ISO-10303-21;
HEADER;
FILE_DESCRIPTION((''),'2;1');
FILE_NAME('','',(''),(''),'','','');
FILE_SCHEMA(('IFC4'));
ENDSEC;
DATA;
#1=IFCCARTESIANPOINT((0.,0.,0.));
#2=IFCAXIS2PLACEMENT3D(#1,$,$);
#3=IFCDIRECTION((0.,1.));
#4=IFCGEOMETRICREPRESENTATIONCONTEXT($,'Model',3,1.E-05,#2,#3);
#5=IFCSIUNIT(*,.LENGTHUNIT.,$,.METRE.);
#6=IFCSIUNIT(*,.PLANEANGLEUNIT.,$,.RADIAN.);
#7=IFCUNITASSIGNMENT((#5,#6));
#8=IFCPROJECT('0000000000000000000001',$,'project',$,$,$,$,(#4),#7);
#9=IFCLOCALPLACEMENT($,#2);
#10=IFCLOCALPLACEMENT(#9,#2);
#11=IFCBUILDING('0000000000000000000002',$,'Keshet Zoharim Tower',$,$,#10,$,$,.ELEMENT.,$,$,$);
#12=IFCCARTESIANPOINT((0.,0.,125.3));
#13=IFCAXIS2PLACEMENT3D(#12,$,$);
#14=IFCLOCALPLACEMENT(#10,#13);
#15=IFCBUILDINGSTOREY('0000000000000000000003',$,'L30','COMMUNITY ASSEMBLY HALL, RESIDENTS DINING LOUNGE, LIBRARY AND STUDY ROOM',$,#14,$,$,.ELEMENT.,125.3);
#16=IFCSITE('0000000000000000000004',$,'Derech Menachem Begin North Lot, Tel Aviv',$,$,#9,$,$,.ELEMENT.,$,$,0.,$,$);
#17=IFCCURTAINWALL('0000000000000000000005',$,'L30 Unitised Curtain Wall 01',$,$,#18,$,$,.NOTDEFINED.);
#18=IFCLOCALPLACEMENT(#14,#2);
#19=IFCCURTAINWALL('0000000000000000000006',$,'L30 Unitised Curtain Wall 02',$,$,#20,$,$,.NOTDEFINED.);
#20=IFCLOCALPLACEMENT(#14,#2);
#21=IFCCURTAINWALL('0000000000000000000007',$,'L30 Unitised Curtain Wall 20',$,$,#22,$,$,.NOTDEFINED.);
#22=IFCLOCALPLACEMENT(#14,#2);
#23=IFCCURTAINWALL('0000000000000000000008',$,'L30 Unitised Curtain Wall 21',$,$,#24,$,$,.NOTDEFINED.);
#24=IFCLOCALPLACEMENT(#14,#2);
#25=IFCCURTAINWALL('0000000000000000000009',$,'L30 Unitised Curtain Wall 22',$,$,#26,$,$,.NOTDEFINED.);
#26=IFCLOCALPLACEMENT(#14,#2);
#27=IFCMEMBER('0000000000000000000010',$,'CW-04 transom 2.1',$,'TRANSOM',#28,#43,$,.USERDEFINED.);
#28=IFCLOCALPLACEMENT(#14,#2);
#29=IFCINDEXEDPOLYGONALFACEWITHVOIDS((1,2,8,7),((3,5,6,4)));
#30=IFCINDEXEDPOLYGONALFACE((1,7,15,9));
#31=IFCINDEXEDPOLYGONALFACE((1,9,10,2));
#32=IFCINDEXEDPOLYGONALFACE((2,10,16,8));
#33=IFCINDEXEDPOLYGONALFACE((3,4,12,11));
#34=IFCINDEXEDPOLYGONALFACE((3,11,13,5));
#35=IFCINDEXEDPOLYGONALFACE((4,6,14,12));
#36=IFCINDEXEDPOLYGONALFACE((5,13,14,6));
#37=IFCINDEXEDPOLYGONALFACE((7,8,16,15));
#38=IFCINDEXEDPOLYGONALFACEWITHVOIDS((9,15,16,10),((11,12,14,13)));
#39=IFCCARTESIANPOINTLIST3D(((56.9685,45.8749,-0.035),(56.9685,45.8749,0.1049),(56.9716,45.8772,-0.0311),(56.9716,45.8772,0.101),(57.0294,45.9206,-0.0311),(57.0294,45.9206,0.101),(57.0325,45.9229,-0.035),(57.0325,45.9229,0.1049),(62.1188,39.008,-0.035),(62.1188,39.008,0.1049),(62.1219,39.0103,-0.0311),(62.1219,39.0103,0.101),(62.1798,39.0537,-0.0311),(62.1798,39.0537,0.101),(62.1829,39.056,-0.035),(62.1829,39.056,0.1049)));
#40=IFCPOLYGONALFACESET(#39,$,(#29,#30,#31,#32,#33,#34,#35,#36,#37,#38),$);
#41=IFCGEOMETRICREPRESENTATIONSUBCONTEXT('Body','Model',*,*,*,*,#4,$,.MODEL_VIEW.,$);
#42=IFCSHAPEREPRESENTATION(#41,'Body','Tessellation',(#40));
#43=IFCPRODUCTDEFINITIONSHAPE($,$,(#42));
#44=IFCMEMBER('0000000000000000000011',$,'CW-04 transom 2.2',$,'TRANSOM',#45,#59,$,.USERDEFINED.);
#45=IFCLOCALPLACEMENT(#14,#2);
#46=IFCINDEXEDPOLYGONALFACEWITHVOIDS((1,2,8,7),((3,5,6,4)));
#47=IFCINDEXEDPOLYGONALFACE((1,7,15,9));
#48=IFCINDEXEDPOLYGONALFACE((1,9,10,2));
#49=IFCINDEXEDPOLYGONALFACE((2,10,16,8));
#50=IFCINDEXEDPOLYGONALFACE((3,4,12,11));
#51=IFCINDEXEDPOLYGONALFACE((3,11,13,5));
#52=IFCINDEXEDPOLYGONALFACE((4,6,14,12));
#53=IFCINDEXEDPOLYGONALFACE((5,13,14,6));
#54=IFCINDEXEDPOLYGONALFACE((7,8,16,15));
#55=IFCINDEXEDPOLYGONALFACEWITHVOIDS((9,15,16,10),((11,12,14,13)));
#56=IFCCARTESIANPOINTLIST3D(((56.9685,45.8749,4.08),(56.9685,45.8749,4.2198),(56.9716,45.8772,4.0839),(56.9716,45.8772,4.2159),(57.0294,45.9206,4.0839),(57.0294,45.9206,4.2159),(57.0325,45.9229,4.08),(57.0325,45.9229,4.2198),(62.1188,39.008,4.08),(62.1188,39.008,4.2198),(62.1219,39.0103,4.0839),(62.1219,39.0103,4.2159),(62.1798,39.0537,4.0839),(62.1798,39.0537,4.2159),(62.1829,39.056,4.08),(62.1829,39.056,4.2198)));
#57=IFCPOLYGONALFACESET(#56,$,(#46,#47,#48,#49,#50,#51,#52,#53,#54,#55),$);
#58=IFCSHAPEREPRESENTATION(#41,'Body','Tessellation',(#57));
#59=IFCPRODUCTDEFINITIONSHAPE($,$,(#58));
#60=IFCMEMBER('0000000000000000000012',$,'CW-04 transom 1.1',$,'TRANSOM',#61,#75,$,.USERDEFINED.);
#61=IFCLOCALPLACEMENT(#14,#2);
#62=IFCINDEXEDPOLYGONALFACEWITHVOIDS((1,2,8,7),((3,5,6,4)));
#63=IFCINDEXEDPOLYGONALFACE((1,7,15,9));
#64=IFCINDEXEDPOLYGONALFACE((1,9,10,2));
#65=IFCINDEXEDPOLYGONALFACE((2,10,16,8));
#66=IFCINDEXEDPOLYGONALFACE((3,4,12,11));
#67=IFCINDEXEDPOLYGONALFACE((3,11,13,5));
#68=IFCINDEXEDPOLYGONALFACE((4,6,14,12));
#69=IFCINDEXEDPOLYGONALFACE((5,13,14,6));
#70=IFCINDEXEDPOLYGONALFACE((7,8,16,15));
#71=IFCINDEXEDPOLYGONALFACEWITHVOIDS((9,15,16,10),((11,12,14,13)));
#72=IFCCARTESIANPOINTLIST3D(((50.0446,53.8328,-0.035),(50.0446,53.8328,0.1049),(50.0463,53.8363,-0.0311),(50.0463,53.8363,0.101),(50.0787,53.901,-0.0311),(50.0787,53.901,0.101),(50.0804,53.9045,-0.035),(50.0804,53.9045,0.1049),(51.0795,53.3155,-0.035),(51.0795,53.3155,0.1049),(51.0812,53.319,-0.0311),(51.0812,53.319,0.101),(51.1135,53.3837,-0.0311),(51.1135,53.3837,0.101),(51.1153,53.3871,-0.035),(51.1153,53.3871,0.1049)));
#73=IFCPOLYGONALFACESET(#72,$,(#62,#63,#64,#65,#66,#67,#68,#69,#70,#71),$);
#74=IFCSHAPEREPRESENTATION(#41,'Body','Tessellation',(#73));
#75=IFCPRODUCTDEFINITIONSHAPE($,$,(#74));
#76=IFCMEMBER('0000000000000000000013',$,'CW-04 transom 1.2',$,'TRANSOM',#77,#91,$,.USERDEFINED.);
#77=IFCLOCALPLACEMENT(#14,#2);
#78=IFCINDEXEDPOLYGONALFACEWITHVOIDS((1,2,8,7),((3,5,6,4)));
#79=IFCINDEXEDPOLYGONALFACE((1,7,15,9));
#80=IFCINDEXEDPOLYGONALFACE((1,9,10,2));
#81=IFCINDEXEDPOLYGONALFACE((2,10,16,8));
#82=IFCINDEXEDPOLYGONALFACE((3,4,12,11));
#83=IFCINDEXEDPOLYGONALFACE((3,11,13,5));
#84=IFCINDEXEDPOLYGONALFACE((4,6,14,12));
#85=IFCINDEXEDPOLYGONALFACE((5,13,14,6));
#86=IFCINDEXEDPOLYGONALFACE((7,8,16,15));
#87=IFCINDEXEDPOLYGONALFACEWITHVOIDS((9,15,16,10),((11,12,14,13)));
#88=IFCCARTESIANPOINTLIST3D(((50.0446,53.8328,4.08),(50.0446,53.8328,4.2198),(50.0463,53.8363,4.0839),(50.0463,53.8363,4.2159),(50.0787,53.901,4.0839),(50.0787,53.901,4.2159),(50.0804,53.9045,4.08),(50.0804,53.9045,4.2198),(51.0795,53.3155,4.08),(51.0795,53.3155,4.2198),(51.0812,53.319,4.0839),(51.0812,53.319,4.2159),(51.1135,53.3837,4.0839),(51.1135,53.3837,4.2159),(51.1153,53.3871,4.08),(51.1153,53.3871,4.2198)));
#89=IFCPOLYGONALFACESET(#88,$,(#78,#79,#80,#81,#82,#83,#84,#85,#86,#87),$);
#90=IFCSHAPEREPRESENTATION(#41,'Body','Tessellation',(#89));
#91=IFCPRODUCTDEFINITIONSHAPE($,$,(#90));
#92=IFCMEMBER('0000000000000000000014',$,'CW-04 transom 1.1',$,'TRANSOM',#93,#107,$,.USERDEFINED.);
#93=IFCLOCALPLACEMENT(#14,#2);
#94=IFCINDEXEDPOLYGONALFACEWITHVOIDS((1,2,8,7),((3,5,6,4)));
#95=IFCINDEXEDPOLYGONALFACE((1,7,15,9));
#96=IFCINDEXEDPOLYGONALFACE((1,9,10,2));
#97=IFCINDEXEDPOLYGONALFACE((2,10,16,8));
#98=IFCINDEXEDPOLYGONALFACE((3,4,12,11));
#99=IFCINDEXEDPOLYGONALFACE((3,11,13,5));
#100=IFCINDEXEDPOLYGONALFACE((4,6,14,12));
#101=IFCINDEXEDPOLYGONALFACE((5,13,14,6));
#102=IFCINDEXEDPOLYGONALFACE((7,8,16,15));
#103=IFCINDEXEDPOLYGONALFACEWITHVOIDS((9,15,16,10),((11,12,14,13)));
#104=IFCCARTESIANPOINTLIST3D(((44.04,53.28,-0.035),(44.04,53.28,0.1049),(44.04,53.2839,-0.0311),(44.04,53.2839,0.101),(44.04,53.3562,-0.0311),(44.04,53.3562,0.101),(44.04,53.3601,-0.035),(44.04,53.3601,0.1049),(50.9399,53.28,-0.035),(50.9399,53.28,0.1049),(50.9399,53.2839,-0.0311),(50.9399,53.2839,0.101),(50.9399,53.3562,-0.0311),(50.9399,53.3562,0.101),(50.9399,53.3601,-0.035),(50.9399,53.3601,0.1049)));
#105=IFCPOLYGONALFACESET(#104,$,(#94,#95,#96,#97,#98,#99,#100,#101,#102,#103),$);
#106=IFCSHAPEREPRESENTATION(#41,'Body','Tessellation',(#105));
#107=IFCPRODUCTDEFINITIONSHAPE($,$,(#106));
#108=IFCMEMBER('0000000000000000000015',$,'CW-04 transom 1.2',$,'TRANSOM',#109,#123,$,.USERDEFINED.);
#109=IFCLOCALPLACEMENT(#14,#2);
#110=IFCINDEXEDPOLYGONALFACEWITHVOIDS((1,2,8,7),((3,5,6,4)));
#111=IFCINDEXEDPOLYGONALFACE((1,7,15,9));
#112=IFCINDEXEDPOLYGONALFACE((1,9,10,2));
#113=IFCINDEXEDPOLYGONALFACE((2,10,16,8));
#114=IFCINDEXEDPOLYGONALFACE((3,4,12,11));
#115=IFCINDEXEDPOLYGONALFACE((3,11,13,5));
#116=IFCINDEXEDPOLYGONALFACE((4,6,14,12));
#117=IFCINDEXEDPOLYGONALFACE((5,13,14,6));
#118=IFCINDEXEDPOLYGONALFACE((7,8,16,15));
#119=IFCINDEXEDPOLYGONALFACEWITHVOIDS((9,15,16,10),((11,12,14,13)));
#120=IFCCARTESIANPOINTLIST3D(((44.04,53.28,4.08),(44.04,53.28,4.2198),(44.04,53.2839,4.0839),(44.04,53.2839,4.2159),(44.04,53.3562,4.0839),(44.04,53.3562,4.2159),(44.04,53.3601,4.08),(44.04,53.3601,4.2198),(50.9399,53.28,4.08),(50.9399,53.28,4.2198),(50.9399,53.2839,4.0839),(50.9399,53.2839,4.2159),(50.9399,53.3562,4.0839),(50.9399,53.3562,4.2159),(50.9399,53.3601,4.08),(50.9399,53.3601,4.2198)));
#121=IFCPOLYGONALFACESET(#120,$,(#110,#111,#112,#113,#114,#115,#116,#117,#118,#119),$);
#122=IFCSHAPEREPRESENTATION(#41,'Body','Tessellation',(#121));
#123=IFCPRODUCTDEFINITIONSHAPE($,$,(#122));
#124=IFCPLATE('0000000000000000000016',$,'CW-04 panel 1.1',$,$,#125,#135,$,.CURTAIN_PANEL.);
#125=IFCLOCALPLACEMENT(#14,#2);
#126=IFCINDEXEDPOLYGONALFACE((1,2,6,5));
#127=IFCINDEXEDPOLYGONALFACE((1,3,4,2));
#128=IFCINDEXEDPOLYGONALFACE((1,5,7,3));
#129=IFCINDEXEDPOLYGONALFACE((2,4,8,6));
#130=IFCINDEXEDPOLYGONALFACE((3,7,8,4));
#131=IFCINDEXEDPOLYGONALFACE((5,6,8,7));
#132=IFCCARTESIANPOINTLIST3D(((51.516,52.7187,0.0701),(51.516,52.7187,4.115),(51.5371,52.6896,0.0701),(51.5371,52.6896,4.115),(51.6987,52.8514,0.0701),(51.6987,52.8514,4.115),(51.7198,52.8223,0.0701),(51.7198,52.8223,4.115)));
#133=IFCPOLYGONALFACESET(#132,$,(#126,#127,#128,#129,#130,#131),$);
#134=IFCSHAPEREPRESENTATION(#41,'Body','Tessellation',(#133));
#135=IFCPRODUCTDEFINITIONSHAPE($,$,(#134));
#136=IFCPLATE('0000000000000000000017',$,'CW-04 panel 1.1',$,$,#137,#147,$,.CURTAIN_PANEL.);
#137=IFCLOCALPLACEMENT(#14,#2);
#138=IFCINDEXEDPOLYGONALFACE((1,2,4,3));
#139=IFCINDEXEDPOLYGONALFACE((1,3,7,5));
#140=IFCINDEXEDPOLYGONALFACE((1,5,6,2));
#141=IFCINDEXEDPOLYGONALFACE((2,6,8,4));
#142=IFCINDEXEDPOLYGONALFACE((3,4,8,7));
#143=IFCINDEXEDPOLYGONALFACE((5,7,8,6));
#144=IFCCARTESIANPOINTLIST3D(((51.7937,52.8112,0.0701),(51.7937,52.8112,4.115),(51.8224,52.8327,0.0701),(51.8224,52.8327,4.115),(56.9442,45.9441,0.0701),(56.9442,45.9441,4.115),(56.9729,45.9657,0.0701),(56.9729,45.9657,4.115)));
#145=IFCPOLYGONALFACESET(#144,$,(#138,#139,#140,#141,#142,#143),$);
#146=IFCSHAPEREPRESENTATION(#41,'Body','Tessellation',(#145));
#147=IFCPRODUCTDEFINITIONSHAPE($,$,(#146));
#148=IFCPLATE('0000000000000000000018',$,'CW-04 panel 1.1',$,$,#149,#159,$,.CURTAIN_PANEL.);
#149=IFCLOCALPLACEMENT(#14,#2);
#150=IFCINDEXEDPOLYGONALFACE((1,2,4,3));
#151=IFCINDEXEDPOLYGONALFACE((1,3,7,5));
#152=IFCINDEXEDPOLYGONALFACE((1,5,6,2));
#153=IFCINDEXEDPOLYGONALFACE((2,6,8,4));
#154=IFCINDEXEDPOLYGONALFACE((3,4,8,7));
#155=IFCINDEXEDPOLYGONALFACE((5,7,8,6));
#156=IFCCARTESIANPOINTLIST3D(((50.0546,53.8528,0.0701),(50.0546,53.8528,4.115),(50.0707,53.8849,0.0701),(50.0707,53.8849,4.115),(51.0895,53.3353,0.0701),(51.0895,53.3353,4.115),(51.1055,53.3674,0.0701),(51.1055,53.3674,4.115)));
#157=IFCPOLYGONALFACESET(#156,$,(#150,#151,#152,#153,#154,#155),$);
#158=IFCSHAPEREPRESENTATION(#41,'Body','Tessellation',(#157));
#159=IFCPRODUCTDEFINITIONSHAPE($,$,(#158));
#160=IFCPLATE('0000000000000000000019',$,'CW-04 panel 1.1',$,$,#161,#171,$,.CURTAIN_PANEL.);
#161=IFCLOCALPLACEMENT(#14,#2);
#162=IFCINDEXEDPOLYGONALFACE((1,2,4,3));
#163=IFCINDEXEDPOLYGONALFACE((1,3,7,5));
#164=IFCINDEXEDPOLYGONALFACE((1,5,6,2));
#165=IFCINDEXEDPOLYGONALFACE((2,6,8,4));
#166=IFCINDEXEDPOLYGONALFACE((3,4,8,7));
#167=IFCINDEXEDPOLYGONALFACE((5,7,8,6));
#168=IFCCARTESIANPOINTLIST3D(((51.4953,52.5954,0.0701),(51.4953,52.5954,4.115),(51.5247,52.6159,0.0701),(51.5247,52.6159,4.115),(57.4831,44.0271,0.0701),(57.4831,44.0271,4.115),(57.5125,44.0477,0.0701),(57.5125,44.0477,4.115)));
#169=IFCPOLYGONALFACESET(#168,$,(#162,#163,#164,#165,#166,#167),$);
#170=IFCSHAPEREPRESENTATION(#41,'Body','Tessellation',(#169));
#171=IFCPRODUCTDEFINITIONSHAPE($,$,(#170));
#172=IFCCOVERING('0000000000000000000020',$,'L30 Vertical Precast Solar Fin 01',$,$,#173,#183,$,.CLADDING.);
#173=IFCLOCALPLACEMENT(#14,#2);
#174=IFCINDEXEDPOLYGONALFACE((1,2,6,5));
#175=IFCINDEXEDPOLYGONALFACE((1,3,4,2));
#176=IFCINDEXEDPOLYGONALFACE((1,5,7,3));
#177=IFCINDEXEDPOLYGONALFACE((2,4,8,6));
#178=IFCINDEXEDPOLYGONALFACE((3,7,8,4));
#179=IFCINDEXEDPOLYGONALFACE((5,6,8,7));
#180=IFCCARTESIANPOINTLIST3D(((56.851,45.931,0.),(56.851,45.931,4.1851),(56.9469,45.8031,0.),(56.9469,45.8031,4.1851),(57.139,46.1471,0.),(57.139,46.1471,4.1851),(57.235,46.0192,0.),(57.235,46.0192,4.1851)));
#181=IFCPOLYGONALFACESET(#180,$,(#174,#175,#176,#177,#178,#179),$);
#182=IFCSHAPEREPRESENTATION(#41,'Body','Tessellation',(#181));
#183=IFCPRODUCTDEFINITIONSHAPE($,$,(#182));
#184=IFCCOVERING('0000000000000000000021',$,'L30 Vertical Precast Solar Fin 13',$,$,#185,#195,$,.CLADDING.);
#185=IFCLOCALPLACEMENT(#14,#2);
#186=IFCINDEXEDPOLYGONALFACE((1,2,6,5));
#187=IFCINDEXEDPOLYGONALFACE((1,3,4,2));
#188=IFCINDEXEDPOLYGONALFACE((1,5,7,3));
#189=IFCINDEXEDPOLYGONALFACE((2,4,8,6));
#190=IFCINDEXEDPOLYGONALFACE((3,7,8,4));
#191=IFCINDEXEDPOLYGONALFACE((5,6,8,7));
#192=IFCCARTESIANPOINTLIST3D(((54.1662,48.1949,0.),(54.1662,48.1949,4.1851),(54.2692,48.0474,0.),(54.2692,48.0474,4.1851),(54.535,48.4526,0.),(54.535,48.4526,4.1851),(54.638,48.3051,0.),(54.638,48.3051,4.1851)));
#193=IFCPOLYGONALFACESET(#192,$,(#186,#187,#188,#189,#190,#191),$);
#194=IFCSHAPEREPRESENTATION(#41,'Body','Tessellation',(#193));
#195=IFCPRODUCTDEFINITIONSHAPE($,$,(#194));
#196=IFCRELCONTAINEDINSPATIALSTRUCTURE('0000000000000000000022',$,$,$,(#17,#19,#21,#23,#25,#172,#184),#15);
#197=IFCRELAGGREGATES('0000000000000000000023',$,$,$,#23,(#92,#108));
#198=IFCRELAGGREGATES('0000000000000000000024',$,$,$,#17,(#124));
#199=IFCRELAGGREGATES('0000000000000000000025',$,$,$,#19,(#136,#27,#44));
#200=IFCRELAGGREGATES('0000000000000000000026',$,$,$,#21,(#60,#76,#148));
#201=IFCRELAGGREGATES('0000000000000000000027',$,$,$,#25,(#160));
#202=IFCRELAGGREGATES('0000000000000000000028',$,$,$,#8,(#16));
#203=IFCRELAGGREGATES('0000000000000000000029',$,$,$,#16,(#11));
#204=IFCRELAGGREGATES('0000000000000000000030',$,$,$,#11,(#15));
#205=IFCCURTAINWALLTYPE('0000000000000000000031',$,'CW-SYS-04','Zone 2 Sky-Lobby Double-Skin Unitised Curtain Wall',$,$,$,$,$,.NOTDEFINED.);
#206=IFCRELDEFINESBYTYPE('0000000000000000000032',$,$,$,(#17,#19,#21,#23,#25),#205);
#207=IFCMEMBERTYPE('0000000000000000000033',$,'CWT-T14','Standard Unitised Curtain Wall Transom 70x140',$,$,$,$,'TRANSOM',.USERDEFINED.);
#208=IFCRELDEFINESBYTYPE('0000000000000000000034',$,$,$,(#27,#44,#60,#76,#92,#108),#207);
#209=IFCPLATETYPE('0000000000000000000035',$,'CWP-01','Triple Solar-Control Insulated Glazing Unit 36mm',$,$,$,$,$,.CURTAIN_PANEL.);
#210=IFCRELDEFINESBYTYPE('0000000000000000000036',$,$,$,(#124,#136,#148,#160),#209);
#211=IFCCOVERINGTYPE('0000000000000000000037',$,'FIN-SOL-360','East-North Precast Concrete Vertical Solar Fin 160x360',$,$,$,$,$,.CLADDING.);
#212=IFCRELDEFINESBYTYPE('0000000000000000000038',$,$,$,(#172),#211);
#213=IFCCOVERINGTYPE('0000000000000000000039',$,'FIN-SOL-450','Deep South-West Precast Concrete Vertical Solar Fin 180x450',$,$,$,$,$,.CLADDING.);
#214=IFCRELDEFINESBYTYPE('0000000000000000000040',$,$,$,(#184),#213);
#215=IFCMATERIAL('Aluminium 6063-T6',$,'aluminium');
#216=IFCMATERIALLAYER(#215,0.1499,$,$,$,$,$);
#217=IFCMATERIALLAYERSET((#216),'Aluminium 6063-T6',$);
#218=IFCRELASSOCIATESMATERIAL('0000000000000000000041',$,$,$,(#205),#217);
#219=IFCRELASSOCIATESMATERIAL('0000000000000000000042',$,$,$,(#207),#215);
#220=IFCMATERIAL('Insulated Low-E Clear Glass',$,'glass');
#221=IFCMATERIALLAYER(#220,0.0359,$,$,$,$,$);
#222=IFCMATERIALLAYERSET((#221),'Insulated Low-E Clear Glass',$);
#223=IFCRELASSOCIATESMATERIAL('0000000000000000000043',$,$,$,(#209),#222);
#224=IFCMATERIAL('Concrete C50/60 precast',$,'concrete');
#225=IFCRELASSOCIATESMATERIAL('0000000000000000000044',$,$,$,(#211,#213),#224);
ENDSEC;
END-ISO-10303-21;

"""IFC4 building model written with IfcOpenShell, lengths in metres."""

from ifc_helpers import new_model, si_unit, direction, frame, origin, origin_2d, place, context, subcontext, project, spatial, rectangle, hollow_rectangle, extrude, material, layer, layer_set, material_profile, profile_set, type_object, element, aggregate, save


model = new_model("IFC4")

# Units and contexts
model_context = context("Model", 3, precision=1e-05, world=origin(), true_north=direction((0.0, 1.0)))
body_context = subcontext(model_context, "Body", "Model", "MODEL_VIEW")
ifc_project = project(units=[si_unit("LENGTHUNIT", "METRE"), si_unit("PLANEANGLEUNIT", "RADIAN")], contexts=[model_context])

# Site, building, storey
site_placement = place(None, origin())
site = spatial("IfcSite", under=ifc_project, at=site_placement, Name="Derech Menachem Begin North Lot, Tel Aviv", CompositionType="ELEMENT", RefElevation=0.0)
building_placement = place(site_placement, origin())
building = spatial("IfcBuilding", under=site, at=building_placement, Name="Keshet Zoharim Tower", CompositionType="ELEMENT")
storey_placement = place(building_placement, frame((0.0, 0.0, 125.3)))
storey = spatial("IfcBuildingStorey", under=building, at=storey_placement, Name="L30", Description="COMMUNITY ASSEMBLY HALL, RESIDENTS DINING LOUNGE, LIBRARY AND STUDY ROOM", CompositionType="ELEMENT", Elevation=125.3)

# Curtain walls
ifc_material_1 = material(Name="Aluminium 6063-T6", Category="aluminium")
ifc_layer_1 = layer(ifc_material_1, 0.1499)
ifc_layer_set_1 = layer_set([ifc_layer_1], Name="Aluminium 6063-T6")
curtain_wall_type = type_object("IfcCurtainWallType", Name="CW-SYS-04", Description="Zone 2 Sky-Lobby Double-Skin Unitised Curtain Wall", PredefinedType="NOTDEFINED", material=ifc_layer_set_1)
curtain_wall_1_placement = place(storey_placement, origin())
curtain_wall_1 = element("IfcCurtainWall", 1, at=curtain_wall_1_placement, inside=storey, type_object=curtain_wall_type, Name="L30 Unitised Curtain Wall 01", PredefinedType="NOTDEFINED")
curtain_wall_2_placement = place(storey_placement, origin())
curtain_wall_2 = element("IfcCurtainWall", 2, at=curtain_wall_2_placement, inside=storey, type_object=curtain_wall_type, Name="L30 Unitised Curtain Wall 02", PredefinedType="NOTDEFINED")

# Curtain walls
curtain_wall_3_placement = place(storey_placement, origin())
curtain_wall_3 = element("IfcCurtainWall", 3, at=curtain_wall_3_placement, inside=storey, type_object=curtain_wall_type, Name="L30 Unitised Curtain Wall 20", PredefinedType="NOTDEFINED")
curtain_wall_4_placement = place(storey_placement, origin())
curtain_wall_4 = element("IfcCurtainWall", 4, at=curtain_wall_4_placement, inside=storey, type_object=curtain_wall_type, Name="L30 Unitised Curtain Wall 21", PredefinedType="NOTDEFINED")
curtain_wall_5_placement = place(storey_placement, origin())
curtain_wall_5 = element("IfcCurtainWall", 5, at=curtain_wall_5_placement, inside=storey, type_object=curtain_wall_type, Name="L30 Unitised Curtain Wall 22", PredefinedType="NOTDEFINED")

# Members
ifc_material_profile_1 = material_profile(ifc_material_1, hollow_rectangle(XDim=0.0801, YDim=0.1399, WallThickness=0.0039, at=origin_2d()), Name="TRN-80x140")
ifc_profile_set_1 = profile_set([ifc_material_profile_1], Name="Aluminium 6063-T6")
member_type_1 = type_object("IfcMemberType", Name="CWT-T14", Description="Standard Unitised Curtain Wall Transom 70x140", ElementType="TRANSOM", PredefinedType="USERDEFINED", material=ifc_profile_set_1)
member_1_placement = place(storey_placement, frame((57.0005, 45.8989, 0.0349), z_axis=(0.600014, -0.79999, 0.0), x_axis=(0.79999, 0.600014, 0.0)))
member_1 = element("IfcMember", 6, at=member_1_placement, type_object=member_type_1, Name="CW-04 transom 2.1", ObjectType="TRANSOM", PredefinedType="USERDEFINED", context=body_context, shape_type="SweptSolid", body=[
    extrude(hollow_rectangle(XDim=0.0801, YDim=0.1399, WallThickness=0.0039, at=origin_2d()), origin(), (0.0, 0.0, 1.0), 8.5837),
])
member_2_placement = place(storey_placement, frame((57.0005, 45.8989, 4.1499), z_axis=(0.600014, -0.79999, 0.0), x_axis=(0.79999, 0.600014, 0.0)))
member_2 = element("IfcMember", 7, at=member_2_placement, type_object=member_type_1, Name="CW-04 transom 2.2", ObjectType="TRANSOM", PredefinedType="USERDEFINED", context=body_context, shape_type="SweptSolid", body=[
    extrude(hollow_rectangle(XDim=0.0801, YDim=0.1399, WallThickness=0.0039, at=origin_2d()), origin(), (0.0, 0.0, 1.0), 8.5837),
])
member_3_placement = place(storey_placement, frame((50.0625, 53.8687, 0.0349), z_axis=(0.894469, -0.447129, 0.0), x_axis=(0.447129, 0.894469, 0.0)))
member_3 = element("IfcMember", 8, at=member_3_placement, type_object=member_type_1, Name="CW-04 transom 1.1", ObjectType="TRANSOM", PredefinedType="USERDEFINED", context=body_context, shape_type="SweptSolid", body=[
    extrude(hollow_rectangle(XDim=0.0801, YDim=0.1399, WallThickness=0.0039, at=origin_2d()), origin(), (0.0, 0.0, 1.0), 1.157),
])
member_4_placement = place(storey_placement, frame((50.0625, 53.8687, 4.1499), z_axis=(0.894469, -0.447129, 0.0), x_axis=(0.447129, 0.894469, 0.0)))
member_4 = element("IfcMember", 9, at=member_4_placement, type_object=member_type_1, Name="CW-04 transom 1.2", ObjectType="TRANSOM", PredefinedType="USERDEFINED", context=body_context, shape_type="SweptSolid", body=[
    extrude(hollow_rectangle(XDim=0.0801, YDim=0.1399, WallThickness=0.0039, at=origin_2d()), origin(), (0.0, 0.0, 1.0), 1.157),
])
member_5_placement = place(storey_placement, frame((50.9399, 53.3201, 0.0349), z_axis=(-1.0, 0.0, 0.0), x_axis=(0.0, -1.0, 0.0)))
member_5 = element("IfcMember", 10, at=member_5_placement, type_object=member_type_1, Name="CW-04 transom 1.1", ObjectType="TRANSOM", PredefinedType="USERDEFINED", context=body_context, shape_type="SweptSolid", body=[
    extrude(hollow_rectangle(XDim=0.0801, YDim=0.1399, WallThickness=0.0039, at=origin_2d()), origin(), (0.0, 0.0, 1.0), 6.8999),
])
member_6_placement = place(storey_placement, frame((50.9399, 53.3201, 4.1499), z_axis=(-1.0, 0.0, 0.0), x_axis=(0.0, -1.0, 0.0)))
member_6 = element("IfcMember", 11, at=member_6_placement, type_object=member_type_1, Name="CW-04 transom 1.2", ObjectType="TRANSOM", PredefinedType="USERDEFINED", context=body_context, shape_type="SweptSolid", body=[
    extrude(hollow_rectangle(XDim=0.0801, YDim=0.1399, WallThickness=0.0039, at=origin_2d()), origin(), (0.0, 0.0, 1.0), 6.8999),
])
aggregate(curtain_wall_4, [member_5, member_6])

# Plates
ifc_material_2 = material(Name="Insulated Low-E Clear Glass", Category="glass")
ifc_layer_2 = layer(ifc_material_2, 0.0359)
ifc_layer_set_2 = layer_set([ifc_layer_2], Name="Insulated Low-E Clear Glass")
plate_type = type_object("IfcPlateType", Name="CWP-01", Description="Triple Solar-Control Insulated Glazing Unit 36mm", PredefinedType="CURTAIN_PANEL", material=ifc_layer_set_2)
plate_1_placement = place(storey_placement, frame((51.6179, 52.7705, 0.0701), z_axis=(0.0, 0.0, 1.0), x_axis=(0.809091, 0.587684, 0.0)))
plate_1 = element("IfcPlate", 12, at=plate_1_placement, type_object=plate_type, Name="CW-04 panel 1.1", PredefinedType="CURTAIN_PANEL", context=body_context, shape_type="SweptSolid", body=[
    extrude(rectangle(XDim=0.2258, YDim=0.0359, at=origin_2d()), origin(), (0.0, 0.0, 1.0), 4.0449),
])
aggregate(curtain_wall_1, [plate_1])
plate_2_placement = place(storey_placement, frame((54.3833, 49.3884, 0.0701), z_axis=(0.0, 0.0, 1.0), x_axis=(0.600018, -0.799986, 0.0)))
plate_2 = element("IfcPlate", 13, at=plate_2_placement, type_object=plate_type, Name="CW-04 panel 1.1", PredefinedType="CURTAIN_PANEL", context=body_context, shape_type="SweptSolid", body=[
    extrude(rectangle(XDim=8.584, YDim=0.0359, at=origin_2d()), origin(), (0.0, 0.0, 1.0), 4.0449),
])
aggregate(curtain_wall_2, [plate_2, member_1, member_2])
plate_3_placement = place(storey_placement, frame((50.5801, 53.6101, 0.0701), z_axis=(0.0, 0.0, 1.0), x_axis=(0.894427, -0.447214, 0.0)))
plate_3 = element("IfcPlate", 14, at=plate_3_placement, type_object=plate_type, Name="CW-04 panel 1.1", PredefinedType="CURTAIN_PANEL", context=body_context, shape_type="SweptSolid", body=[
    extrude(rectangle(XDim=1.157, YDim=0.0359, at=origin_2d()), origin(), (0.0, 0.0, 1.0), 4.0449),
])
aggregate(curtain_wall_3, [member_3, member_4, plate_3])
plate_4_placement = place(storey_placement, frame((54.5039, 48.3215, 0.0701), z_axis=(0.0, 0.0, 1.0), x_axis=(-0.572822, 0.81968, 0.0)))
plate_4 = element("IfcPlate", 15, at=plate_4_placement, type_object=plate_type, Name="CW-04 panel 1.1", PredefinedType="CURTAIN_PANEL", context=body_context, shape_type="SweptSolid", body=[
    extrude(rectangle(XDim=10.4531, YDim=0.0359, at=origin_2d()), origin(), (0.0, 0.0, 1.0), 4.0449),
])
aggregate(curtain_wall_5, [plate_4])

# Coverings
ifc_material_3 = material(Name="Concrete C50/60 precast", Category="concrete")
covering_type_1 = type_object("IfcCoveringType", Name="FIN-SOL-360", Description="East-North Precast Concrete Vertical Solar Fin 160x360", PredefinedType="CLADDING", material=ifc_material_3)
covering_1_placement = place(storey_placement, frame((57.043, 45.9751, 0.0), z_axis=(0.0, 0.0, 1.0), x_axis=(0.600018, -0.799986, 0.0)))
element("IfcCovering", 16, at=covering_1_placement, inside=storey, type_object=covering_type_1, Name="L30 Vertical Precast Solar Fin 01", PredefinedType="CLADDING", context=body_context, shape_type="SweptSolid", body=[
    extrude(rectangle(XDim=0.1599, YDim=0.3601, at=origin_2d()), origin(), (0.0, 0.0, 1.0), 4.1851),
])
covering_type_2 = type_object("IfcCoveringType", Name="FIN-SOL-450", Description="Deep South-West Precast Concrete Vertical Solar Fin 180x450", PredefinedType="CLADDING", material=ifc_material_3)
covering_2_placement = place(storey_placement, frame((54.4021, 48.25, 0.0), z_axis=(0.0, 0.0, 1.0), x_axis=(-0.572822, 0.81968, 0.0)))
element("IfcCovering", 17, at=covering_2_placement, inside=storey, type_object=covering_type_2, Name="L30 Vertical Precast Solar Fin 13", PredefinedType="CLADDING", context=body_context, shape_type="SweptSolid", body=[
    extrude(rectangle(XDim=0.1799, YDim=0.45, at=origin_2d()), origin(), (0.0, 0.0, 1.0), 4.1851),
])

save(model, "model.ifc")
